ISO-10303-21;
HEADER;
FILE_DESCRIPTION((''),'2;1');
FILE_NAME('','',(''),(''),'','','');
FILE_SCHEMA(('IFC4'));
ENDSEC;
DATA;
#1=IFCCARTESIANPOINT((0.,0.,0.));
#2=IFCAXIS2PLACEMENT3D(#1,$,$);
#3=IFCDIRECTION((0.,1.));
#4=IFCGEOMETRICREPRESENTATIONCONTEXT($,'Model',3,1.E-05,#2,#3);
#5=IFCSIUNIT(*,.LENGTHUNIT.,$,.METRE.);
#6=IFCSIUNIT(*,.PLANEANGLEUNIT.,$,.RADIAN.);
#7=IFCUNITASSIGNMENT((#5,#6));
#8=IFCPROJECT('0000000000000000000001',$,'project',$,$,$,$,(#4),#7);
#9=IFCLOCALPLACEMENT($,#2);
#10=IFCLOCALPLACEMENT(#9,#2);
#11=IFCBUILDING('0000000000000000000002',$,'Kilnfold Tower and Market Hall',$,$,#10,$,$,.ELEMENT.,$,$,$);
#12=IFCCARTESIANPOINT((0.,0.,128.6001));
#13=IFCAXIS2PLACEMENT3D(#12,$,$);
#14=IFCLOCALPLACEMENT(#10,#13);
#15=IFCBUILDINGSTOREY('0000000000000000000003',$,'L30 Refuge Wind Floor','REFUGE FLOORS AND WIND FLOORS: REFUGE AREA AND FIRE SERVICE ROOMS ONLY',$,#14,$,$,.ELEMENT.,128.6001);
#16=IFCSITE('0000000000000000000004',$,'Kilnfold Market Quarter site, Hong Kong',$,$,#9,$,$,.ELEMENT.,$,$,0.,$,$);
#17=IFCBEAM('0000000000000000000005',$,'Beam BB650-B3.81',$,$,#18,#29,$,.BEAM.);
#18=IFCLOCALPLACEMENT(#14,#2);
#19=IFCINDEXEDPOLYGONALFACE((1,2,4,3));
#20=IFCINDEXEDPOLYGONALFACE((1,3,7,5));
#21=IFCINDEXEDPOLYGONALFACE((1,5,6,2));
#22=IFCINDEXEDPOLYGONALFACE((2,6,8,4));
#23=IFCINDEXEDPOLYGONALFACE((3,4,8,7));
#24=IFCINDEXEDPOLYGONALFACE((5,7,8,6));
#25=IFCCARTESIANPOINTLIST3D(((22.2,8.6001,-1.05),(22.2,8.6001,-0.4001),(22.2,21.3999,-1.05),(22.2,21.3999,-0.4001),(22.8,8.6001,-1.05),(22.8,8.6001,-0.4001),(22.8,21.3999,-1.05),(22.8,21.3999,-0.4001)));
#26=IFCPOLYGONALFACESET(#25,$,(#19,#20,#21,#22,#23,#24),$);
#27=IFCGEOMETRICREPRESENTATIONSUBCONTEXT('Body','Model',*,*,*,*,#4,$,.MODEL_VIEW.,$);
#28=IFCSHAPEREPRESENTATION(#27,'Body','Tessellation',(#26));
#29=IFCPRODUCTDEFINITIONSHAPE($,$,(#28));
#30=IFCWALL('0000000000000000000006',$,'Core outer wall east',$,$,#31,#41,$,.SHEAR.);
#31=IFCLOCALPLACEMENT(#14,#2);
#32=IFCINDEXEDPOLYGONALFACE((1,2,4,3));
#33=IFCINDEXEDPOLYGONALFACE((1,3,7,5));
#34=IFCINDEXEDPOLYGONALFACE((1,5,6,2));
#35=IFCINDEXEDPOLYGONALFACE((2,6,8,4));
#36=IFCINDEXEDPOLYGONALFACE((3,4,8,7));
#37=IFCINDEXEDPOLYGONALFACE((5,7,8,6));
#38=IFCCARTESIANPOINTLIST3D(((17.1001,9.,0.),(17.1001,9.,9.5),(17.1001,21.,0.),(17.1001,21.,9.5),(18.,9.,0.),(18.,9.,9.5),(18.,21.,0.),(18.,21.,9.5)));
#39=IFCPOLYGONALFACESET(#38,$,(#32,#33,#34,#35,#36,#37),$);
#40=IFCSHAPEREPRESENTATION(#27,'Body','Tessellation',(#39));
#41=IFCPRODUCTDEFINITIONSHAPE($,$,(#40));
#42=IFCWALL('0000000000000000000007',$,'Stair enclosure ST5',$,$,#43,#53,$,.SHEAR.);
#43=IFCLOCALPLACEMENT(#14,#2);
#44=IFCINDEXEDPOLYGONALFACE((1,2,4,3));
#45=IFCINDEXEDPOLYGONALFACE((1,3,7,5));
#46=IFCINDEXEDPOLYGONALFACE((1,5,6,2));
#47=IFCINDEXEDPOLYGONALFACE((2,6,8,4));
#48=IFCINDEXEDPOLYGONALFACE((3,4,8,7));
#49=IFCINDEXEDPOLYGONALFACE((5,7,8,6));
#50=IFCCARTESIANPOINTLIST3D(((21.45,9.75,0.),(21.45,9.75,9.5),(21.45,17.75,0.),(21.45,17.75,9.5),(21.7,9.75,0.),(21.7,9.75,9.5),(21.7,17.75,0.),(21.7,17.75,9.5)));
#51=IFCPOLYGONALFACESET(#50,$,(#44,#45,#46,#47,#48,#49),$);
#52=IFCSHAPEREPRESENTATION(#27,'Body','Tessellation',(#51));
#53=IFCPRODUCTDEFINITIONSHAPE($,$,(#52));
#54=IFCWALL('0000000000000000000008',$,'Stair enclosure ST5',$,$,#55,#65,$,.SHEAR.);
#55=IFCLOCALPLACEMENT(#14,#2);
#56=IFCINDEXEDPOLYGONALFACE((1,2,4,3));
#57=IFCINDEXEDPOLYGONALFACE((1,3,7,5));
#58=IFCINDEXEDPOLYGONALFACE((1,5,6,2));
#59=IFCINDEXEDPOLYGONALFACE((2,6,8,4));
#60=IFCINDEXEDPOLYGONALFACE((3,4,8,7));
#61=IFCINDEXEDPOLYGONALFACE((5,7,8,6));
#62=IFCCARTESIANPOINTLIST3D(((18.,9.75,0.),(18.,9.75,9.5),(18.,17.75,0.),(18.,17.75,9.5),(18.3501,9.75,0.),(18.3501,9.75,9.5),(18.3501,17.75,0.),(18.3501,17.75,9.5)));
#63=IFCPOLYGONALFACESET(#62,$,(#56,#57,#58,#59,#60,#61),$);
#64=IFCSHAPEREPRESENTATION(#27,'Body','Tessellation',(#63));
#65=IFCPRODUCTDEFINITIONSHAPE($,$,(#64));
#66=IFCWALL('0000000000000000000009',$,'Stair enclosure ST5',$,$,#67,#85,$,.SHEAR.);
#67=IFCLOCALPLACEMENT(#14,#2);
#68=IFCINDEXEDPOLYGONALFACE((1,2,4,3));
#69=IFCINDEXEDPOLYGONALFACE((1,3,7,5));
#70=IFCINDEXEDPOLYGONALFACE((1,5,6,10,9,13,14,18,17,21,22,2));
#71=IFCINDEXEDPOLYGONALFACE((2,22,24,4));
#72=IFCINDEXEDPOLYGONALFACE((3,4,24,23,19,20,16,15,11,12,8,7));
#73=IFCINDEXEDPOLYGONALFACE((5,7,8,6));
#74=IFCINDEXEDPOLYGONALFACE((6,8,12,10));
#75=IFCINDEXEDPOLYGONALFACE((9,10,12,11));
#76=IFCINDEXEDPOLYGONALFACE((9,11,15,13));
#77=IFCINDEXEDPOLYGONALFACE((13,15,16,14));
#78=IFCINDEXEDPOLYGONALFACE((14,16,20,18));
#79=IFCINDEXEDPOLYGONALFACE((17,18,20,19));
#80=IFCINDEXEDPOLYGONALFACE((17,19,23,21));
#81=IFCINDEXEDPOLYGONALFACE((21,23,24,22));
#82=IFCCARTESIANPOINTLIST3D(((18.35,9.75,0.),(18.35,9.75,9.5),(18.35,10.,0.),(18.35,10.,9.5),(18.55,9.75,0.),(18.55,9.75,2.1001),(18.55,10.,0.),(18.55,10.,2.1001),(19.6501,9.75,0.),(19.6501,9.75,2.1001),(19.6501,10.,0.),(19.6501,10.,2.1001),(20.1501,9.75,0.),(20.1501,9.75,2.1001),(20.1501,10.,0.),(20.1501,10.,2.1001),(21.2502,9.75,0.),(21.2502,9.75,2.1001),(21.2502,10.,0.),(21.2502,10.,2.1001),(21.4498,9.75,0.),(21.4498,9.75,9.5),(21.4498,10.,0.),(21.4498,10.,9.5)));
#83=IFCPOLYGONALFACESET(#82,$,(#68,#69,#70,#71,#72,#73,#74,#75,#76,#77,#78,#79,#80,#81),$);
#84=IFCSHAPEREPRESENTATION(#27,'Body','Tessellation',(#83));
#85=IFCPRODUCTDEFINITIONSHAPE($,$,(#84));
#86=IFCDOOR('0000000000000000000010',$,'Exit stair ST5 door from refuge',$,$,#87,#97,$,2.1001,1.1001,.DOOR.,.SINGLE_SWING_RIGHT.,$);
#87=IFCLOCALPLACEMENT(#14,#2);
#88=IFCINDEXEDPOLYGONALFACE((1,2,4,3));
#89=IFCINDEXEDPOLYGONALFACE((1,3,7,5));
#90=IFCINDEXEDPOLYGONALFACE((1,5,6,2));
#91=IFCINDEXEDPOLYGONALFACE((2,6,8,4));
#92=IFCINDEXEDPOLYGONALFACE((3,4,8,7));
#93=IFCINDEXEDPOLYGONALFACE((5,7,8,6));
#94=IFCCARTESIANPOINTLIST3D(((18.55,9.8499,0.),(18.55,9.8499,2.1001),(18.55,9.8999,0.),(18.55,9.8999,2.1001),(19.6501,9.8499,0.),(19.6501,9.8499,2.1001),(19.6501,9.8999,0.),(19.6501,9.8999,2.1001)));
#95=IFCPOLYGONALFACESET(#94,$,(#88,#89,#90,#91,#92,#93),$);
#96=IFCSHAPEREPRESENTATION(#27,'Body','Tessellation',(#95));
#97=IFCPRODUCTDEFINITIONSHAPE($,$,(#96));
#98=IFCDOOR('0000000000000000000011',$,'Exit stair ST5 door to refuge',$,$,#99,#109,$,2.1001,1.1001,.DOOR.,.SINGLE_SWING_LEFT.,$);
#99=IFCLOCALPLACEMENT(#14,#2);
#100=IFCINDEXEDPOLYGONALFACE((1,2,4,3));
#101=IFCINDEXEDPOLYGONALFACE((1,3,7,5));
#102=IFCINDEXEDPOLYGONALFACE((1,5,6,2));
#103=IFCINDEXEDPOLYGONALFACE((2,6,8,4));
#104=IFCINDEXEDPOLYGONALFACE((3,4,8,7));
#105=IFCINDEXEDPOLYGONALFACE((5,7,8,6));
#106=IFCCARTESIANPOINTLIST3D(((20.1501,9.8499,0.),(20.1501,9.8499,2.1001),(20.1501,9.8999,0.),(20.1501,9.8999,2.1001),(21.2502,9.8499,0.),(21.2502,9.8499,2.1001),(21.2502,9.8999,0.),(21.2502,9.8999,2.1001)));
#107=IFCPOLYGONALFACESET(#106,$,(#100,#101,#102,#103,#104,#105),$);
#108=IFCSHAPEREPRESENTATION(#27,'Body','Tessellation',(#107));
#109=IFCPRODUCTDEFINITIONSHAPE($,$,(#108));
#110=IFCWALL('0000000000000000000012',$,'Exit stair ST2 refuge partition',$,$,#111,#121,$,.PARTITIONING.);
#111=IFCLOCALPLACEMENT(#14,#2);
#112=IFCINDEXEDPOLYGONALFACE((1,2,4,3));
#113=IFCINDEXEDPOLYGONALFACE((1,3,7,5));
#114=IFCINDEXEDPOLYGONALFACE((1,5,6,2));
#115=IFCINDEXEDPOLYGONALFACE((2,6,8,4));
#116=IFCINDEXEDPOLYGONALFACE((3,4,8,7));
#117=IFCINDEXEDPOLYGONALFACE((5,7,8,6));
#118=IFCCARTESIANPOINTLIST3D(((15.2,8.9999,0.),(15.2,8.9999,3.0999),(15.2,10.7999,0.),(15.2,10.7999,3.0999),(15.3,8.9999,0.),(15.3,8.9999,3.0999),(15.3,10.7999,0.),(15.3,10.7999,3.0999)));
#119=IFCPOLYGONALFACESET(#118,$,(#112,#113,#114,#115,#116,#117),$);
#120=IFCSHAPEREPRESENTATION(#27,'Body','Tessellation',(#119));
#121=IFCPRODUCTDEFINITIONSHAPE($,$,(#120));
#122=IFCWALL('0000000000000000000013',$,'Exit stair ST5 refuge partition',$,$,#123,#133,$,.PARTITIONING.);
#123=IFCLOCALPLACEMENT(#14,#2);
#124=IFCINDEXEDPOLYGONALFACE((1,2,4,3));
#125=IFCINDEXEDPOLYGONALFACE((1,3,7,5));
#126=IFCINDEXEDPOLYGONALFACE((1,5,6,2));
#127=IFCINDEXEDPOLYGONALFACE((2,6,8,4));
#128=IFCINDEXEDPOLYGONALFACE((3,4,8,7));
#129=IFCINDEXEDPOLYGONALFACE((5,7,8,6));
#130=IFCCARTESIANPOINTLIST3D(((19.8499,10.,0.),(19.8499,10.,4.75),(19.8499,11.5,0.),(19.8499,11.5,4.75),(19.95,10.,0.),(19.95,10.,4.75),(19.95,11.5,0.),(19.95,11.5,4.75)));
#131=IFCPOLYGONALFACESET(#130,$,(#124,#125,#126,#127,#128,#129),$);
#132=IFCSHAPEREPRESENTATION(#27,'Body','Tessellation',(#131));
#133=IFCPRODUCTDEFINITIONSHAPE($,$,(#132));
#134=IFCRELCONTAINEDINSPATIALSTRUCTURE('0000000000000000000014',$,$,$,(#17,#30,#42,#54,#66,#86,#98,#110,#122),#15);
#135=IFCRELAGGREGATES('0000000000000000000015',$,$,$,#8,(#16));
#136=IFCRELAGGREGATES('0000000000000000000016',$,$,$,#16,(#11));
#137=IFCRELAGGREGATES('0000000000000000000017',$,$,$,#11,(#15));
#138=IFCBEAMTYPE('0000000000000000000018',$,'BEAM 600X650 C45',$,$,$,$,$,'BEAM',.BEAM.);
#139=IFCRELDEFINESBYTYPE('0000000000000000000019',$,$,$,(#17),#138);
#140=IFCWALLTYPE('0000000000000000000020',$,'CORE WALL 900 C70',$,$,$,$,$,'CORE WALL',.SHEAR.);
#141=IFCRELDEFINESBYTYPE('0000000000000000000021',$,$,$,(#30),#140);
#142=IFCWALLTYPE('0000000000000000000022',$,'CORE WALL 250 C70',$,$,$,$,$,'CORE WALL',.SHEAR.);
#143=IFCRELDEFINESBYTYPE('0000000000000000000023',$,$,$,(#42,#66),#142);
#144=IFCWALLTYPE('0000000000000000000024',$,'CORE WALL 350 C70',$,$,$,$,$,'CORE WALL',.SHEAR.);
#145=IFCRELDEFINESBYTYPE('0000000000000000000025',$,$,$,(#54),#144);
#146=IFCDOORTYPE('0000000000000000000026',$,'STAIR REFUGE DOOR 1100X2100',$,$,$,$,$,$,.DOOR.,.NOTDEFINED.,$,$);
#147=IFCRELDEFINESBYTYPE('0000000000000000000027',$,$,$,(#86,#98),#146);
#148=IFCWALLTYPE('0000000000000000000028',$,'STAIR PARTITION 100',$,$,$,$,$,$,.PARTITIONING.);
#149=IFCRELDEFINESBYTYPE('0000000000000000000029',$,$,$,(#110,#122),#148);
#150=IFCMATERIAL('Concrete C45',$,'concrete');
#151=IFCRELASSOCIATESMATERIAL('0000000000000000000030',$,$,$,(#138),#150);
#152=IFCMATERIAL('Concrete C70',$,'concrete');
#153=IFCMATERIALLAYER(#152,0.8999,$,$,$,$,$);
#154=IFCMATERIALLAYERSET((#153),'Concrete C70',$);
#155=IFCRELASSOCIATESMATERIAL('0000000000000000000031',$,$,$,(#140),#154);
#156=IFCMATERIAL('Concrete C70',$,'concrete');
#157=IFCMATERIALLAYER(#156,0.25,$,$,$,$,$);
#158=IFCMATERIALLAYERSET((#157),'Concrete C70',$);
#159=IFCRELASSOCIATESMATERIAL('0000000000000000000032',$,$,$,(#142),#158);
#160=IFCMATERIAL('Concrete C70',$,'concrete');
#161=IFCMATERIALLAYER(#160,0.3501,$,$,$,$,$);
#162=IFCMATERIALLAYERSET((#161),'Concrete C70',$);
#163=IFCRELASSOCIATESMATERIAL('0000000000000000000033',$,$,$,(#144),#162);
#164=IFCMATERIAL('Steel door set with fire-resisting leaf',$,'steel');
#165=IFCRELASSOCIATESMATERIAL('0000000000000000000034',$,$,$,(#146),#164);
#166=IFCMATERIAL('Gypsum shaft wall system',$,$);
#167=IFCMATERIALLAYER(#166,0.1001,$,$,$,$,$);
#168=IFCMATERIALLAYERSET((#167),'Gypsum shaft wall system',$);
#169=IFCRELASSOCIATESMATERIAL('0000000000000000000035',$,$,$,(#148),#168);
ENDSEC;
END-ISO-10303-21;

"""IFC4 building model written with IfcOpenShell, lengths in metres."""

from ifc_helpers import new_model, si_unit, direction, frame, frame_2d, origin, origin_2d, place, context, subcontext, project, spatial, rectangle, extrude, source, transform, mapped, material, layer, layer_set, material_profile, profile_set, type_object, element, fill, save


model = new_model("IFC4")

# Units and contexts
model_context = context("Model", 3, precision=1e-05, world=origin(), true_north=direction((0.0, 1.0)))
body_context = subcontext(model_context, "Body", "Model", "MODEL_VIEW")
ifc_project = project(units=[si_unit("LENGTHUNIT", "METRE"), si_unit("PLANEANGLEUNIT", "RADIAN")], contexts=[model_context])

# Site, building, storey
site_placement = place(None, origin())
site = spatial("IfcSite", under=ifc_project, at=site_placement, Name="Kilnfold Market Quarter site, Hong Kong", CompositionType="ELEMENT", RefElevation=0.0)
building_placement = place(site_placement, origin())
building = spatial("IfcBuilding", under=site, at=building_placement, Name="Kilnfold Tower and Market Hall", CompositionType="ELEMENT")
storey_placement = place(building_placement, frame((0.0, 0.0, 128.6001)))
storey = spatial("IfcBuildingStorey", under=building, at=storey_placement, Name="L30 Refuge Wind Floor", Description="REFUGE FLOORS AND WIND FLOORS: REFUGE AREA AND FIRE SERVICE ROOMS ONLY", CompositionType="ELEMENT", Elevation=128.6001)

# Beam
ifc_material_1 = material(Name="Concrete C45", Category="concrete")
ifc_material_profile = material_profile(ifc_material_1, rectangle(XDim=0.6001, YDim=0.6499, at=origin_2d()), Name="RC 600x650")
ifc_profile_set = profile_set([ifc_material_profile], Name="Concrete C45")
beam_type = type_object("IfcBeamType", Name="BEAM 600X650 C45", ElementType="BEAM", PredefinedType="BEAM", material=ifc_profile_set)
shared_shape_1 = source(origin(), body_context, "Body", "SweptSolid", [
    extrude(rectangle(XDim=0.6001, YDim=0.6499, at=origin_2d()), origin(), (0.0, 0.0, 1.0), 12.7998),
])
beam_placement = place(storey_placement, frame((22.5, 8.6001, -0.7251), z_axis=(0.0, 1.0, 0.0), x_axis=(-1.0, 0.0, 0.0)))
element("IfcBeam", 1, at=beam_placement, inside=storey, type_object=beam_type, Name="Beam BB650-B3.81", PredefinedType="BEAM", context=body_context, shape_type="MappedRepresentation", body=[
    mapped(shared_shape_1, transform((0.0, 0.0, 0.0))),
])

# Walls
ifc_material_2 = material(Name="Concrete C70", Category="concrete")
ifc_layer_1 = layer(ifc_material_2, 0.8999)
ifc_layer_set_1 = layer_set([ifc_layer_1], Name="Concrete C70")
wall_type_1 = type_object("IfcWallType", Name="CORE WALL 900 C70", ElementType="CORE WALL", PredefinedType="SHEAR", material=ifc_layer_set_1)
shared_shape_2 = source(origin(), body_context, "Body", "SweptSolid", [
    extrude(rectangle(XDim=12.0, YDim=0.8999, at=frame_2d((6.0, 0.0))), origin(), (0.0, 0.0, 1.0), 9.5),
])
wall_1_placement = place(storey_placement, frame((17.55, 9.0, 0.0), z_axis=(0.0, 0.0, 1.0), x_axis=(0.0, 1.0, 0.0)))
element("IfcWall", 2, at=wall_1_placement, inside=storey, type_object=wall_type_1, Name="Core outer wall east", PredefinedType="SHEAR", context=body_context, shape_type="MappedRepresentation", body=[
    mapped(shared_shape_2, transform((0.0, 0.0, 0.0))),
])
ifc_material_3 = material(Name="Concrete C70", Category="concrete")
ifc_layer_2 = layer(ifc_material_3, 0.25)
ifc_layer_set_2 = layer_set([ifc_layer_2], Name="Concrete C70")
wall_type_2 = type_object("IfcWallType", Name="CORE WALL 250 C70", ElementType="CORE WALL", PredefinedType="SHEAR", material=ifc_layer_set_2)
shared_shape_3 = source(origin(), body_context, "Body", "SweptSolid", [
    extrude(rectangle(XDim=8.0, YDim=0.25, at=frame_2d((4.0, 0.0))), origin(), (0.0, 0.0, 1.0), 9.5),
])
wall_2_placement = place(storey_placement, frame((21.575, 9.75, 0.0), z_axis=(0.0, 0.0, 1.0), x_axis=(0.0, 1.0, 0.0)))
element("IfcWall", 3, at=wall_2_placement, inside=storey, type_object=wall_type_2, Name="Stair enclosure ST5", PredefinedType="SHEAR", context=body_context, shape_type="MappedRepresentation", body=[
    mapped(shared_shape_3, transform((0.0, 0.0, 0.0))),
])
ifc_material_4 = material(Name="Concrete C70", Category="concrete")
ifc_layer_3 = layer(ifc_material_4, 0.3501)
ifc_layer_set_3 = layer_set([ifc_layer_3], Name="Concrete C70")
wall_type_3 = type_object("IfcWallType", Name="CORE WALL 350 C70", ElementType="CORE WALL", PredefinedType="SHEAR", material=ifc_layer_set_3)
shared_shape_4 = source(origin(), body_context, "Body", "SweptSolid", [
    extrude(rectangle(XDim=8.0, YDim=0.3501, at=frame_2d((4.0, 0.0))), origin(), (0.0, 0.0, 1.0), 9.5),
])
wall_3_placement = place(storey_placement, frame((18.175, 9.75, 0.0), z_axis=(0.0, 0.0, 1.0), x_axis=(0.0, 1.0, 0.0)))
element("IfcWall", 4, at=wall_3_placement, inside=storey, type_object=wall_type_3, Name="Stair enclosure ST5", PredefinedType="SHEAR", context=body_context, shape_type="MappedRepresentation", body=[
    mapped(shared_shape_4, transform((0.0, 0.0, 0.0))),
])

# Wall, openings, doors
shared_shape_5 = source(origin(), body_context, "Body", "SweptSolid", [
    extrude(rectangle(XDim=3.0999, YDim=0.25, at=frame_2d((1.5498, 0.0))), origin(), (0.0, 0.0, 1.0), 9.5),
])
wall_4_placement = place(storey_placement, frame((18.3501, 9.875, 0.0), z_axis=(0.0, 0.0, 1.0), x_axis=(1.0, 0.0, 0.0)))
wall_4 = element("IfcWall", 5, at=wall_4_placement, inside=storey, type_object=wall_type_2, Name="Stair enclosure ST5", PredefinedType="SHEAR", context=body_context, shape_type="MappedRepresentation", body=[
    mapped(shared_shape_5, transform((0.0, 0.0, 0.0))),
])
opening_1_placement = place(wall_4_placement, frame((0.2, 0.0, 0.0)))
opening_1 = element("IfcOpeningElement", 6, at=opening_1_placement, cuts=wall_4, PredefinedType="OPENING", context=body_context, shape_type="SweptSolid", body=[
    extrude(rectangle(XDim=1.1001, YDim=2.1001, at=frame_2d((0.55, 1.05))), frame((0.0, 0.135, 0.0), z_axis=(0.0, -1.0, 0.0), x_axis=(1.0, 0.0, 0.0)), (0.0, 0.0, 1.0), 0.27),
])
opening_2_placement = place(wall_4_placement, frame((1.8, 0.0, 0.0)))
opening_2 = element("IfcOpeningElement", 7, at=opening_2_placement, cuts=wall_4, PredefinedType="OPENING", context=body_context, shape_type="SweptSolid", body=[
    extrude(rectangle(XDim=1.1001, YDim=2.1001, at=frame_2d((0.55, 1.05))), frame((0.0, 0.135, 0.0), z_axis=(0.0, -1.0, 0.0), x_axis=(1.0, 0.0, 0.0)), (0.0, 0.0, 1.0), 0.27),
])
ifc_material_5 = material(Name="Steel door set with fire-resisting leaf", Category="steel")
door_type = type_object("IfcDoorType", Name="STAIR REFUGE DOOR 1100X2100", OperationType="NOTDEFINED", PredefinedType="DOOR", material=ifc_material_5)
door_1_placement = place(opening_1_placement, origin())
door_1 = element("IfcDoor", 8, at=door_1_placement, inside=storey, type_object=door_type, Name="Exit stair ST5 door from refuge", OperationType="SINGLE_SWING_RIGHT", OverallHeight=2.1001, OverallWidth=1.1001, PredefinedType="DOOR", context=body_context, shape_type="SweptSolid", body=[
    extrude(rectangle(XDim=1.1001, YDim=2.1001, at=frame_2d((0.55, 1.05))), frame((0.0, 0.0249, 0.0), z_axis=(0.0, -1.0, 0.0), x_axis=(1.0, 0.0, 0.0)), (0.0, 0.0, 1.0), 0.05),
])
fill(opening_1, door_1)
door_2_placement = place(opening_2_placement, origin())
door_2 = element("IfcDoor", 9, at=door_2_placement, inside=storey, type_object=door_type, Name="Exit stair ST5 door to refuge", OperationType="SINGLE_SWING_LEFT", OverallHeight=2.1001, OverallWidth=1.1001, PredefinedType="DOOR", context=body_context, shape_type="SweptSolid", body=[
    extrude(rectangle(XDim=1.1001, YDim=2.1001, at=frame_2d((0.55, 1.05))), frame((0.0, 0.0249, 0.0), z_axis=(0.0, -1.0, 0.0), x_axis=(1.0, 0.0, 0.0)), (0.0, 0.0, 1.0), 0.05),
])
fill(opening_2, door_2)

# Walls
ifc_material_6 = material(Name="Gypsum shaft wall system")
ifc_layer_4 = layer(ifc_material_6, 0.1001)
ifc_layer_set_4 = layer_set([ifc_layer_4], Name="Gypsum shaft wall system")
wall_type_4 = type_object("IfcWallType", Name="STAIR PARTITION 100", PredefinedType="PARTITIONING", material=ifc_layer_set_4)
shared_shape_6 = source(origin(), body_context, "Body", "SweptSolid", [
    extrude(rectangle(XDim=1.8, YDim=0.1001, at=frame_2d((0.8999, 0.0))), origin(), (0.0, 0.0, 1.0), 3.0999),
])
wall_5_placement = place(storey_placement, frame((15.25, 9.0, 0.0), z_axis=(0.0, 0.0, 1.0), x_axis=(0.0, 1.0, 0.0)))
element("IfcWall", 10, at=wall_5_placement, inside=storey, type_object=wall_type_4, Name="Exit stair ST2 refuge partition", PredefinedType="PARTITIONING", context=body_context, shape_type="MappedRepresentation", body=[
    mapped(shared_shape_6, transform((0.0, 0.0, 0.0))),
])
shared_shape_7 = source(origin(), body_context, "Body", "SweptSolid", [
    extrude(rectangle(XDim=1.5, YDim=0.1001, at=frame_2d((0.75, 0.0))), origin(), (0.0, 0.0, 1.0), 4.75),
])
wall_6_placement = place(storey_placement, frame((19.8999, 10.0, 0.0), z_axis=(0.0, 0.0, 1.0), x_axis=(0.0, 1.0, 0.0)))
element("IfcWall", 11, at=wall_6_placement, inside=storey, type_object=wall_type_4, Name="Exit stair ST5 refuge partition", PredefinedType="PARTITIONING", context=body_context, shape_type="MappedRepresentation", body=[
    mapped(shared_shape_7, transform((0.0, 0.0, 0.0))),
])

save(model, "model.ifc")
